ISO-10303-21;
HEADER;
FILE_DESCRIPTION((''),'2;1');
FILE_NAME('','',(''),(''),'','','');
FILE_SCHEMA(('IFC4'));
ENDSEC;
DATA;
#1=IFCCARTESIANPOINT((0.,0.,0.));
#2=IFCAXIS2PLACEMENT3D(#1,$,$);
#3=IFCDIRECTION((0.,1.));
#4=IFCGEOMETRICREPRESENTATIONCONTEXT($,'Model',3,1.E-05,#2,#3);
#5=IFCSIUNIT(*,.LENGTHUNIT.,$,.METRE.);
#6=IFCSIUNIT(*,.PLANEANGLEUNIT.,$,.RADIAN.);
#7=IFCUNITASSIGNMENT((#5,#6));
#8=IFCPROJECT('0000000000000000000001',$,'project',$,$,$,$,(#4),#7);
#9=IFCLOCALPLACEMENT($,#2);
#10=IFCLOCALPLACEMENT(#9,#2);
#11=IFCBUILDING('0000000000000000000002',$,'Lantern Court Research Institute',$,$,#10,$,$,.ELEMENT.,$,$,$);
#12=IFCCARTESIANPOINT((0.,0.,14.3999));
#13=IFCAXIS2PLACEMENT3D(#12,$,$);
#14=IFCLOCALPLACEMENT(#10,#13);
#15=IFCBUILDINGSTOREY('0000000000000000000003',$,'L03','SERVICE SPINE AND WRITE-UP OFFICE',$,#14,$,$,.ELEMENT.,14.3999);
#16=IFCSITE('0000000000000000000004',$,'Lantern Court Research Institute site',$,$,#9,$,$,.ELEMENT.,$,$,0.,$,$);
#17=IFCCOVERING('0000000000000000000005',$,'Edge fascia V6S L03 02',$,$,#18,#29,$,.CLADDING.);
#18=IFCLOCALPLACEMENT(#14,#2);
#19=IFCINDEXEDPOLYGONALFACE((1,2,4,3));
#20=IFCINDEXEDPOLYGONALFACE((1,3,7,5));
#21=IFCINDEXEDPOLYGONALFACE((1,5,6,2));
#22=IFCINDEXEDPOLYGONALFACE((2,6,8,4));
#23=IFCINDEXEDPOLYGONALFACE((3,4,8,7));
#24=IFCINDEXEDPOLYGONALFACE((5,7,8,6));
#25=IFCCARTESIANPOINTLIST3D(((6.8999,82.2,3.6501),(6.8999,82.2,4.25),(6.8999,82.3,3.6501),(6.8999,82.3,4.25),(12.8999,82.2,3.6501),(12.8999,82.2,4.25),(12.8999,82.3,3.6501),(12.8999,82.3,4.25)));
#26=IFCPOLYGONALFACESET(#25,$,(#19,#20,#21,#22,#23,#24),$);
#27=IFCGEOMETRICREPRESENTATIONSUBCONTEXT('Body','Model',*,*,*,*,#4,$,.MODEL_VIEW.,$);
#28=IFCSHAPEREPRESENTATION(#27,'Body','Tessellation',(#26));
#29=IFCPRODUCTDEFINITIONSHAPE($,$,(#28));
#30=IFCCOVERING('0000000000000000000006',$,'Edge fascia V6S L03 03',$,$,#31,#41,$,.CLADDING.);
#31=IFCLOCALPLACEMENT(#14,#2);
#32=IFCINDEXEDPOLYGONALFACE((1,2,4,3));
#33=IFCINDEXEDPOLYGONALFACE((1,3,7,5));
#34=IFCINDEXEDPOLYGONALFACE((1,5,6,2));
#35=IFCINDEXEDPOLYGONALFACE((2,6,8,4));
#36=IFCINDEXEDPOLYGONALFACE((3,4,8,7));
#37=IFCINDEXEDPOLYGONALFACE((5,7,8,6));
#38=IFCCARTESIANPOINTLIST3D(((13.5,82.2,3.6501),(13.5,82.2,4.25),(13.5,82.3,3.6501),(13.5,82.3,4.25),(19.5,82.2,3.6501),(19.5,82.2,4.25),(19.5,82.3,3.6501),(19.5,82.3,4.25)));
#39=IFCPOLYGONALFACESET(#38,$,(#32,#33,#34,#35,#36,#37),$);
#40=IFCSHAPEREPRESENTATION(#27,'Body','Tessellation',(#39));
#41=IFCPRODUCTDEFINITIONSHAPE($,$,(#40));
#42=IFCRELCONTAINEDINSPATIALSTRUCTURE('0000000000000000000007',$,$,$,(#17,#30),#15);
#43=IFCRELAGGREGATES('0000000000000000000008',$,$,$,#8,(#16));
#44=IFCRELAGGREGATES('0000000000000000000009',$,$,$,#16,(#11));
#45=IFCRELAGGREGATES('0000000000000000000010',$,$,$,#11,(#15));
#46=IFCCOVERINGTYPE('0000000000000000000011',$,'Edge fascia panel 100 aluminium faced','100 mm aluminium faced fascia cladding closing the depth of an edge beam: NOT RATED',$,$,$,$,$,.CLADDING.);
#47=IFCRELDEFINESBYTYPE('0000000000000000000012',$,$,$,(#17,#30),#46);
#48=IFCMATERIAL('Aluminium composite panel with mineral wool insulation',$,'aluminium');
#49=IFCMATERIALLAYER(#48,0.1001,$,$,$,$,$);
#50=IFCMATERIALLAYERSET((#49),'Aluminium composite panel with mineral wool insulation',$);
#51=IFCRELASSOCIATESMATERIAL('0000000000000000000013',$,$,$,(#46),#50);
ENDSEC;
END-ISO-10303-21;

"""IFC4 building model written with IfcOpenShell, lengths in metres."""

from ifc_helpers import new_model, si_unit, direction, frame, frame_2d, origin, place, context, subcontext, project, spatial, rectangle, extrude, material, layer, layer_set, type_object, element, save


model = new_model("IFC4")

# Units and contexts
model_context = context("Model", 3, precision=1e-05, world=origin(), true_north=direction((0.0, 1.0)))
body_context = subcontext(model_context, "Body", "Model", "MODEL_VIEW")
ifc_project = project(units=[si_unit("LENGTHUNIT", "METRE"), si_unit("PLANEANGLEUNIT", "RADIAN")], contexts=[model_context])

# Site, building, storey
site_placement = place(None, origin())
site = spatial("IfcSite", under=ifc_project, at=site_placement, Name="Lantern Court Research Institute site", CompositionType="ELEMENT", RefElevation=0.0)
building_placement = place(site_placement, origin())
building = spatial("IfcBuilding", under=site, at=building_placement, Name="Lantern Court Research Institute", CompositionType="ELEMENT")
storey_placement = place(building_placement, frame((0.0, 0.0, 14.3999)))
storey = spatial("IfcBuildingStorey", under=building, at=storey_placement, Name="L03", Description="SERVICE SPINE AND WRITE-UP OFFICE", CompositionType="ELEMENT", Elevation=14.3999)

# Coverings
ifc_material_1 = material(Name="Aluminium composite panel with mineral wool insulation", Category="aluminium")
ifc_layer_1 = layer(ifc_material_1, 0.1001)
ifc_layer_set_1 = layer_set([ifc_layer_1], Name="Aluminium composite panel with mineral wool insulation")
covering_type = type_object("IfcCoveringType", Name="Edge fascia panel 100 aluminium faced", Description="100 mm aluminium faced fascia cladding closing the depth of an edge beam: NOT RATED", PredefinedType="CLADDING", material=ifc_layer_set_1)
for number, where, z_axis, x_axis, name in (
    (1, (12.8999, 82.25, 3.6501), (0.0, 0.0, 1.0), (-1.0, 0.0, 0.0), "Edge fascia V6S L03 02"),
    (2, (19.5, 82.25, 3.6501), (0.0, 0.0, 1.0), (-1.0, 0.0, 0.0), "Edge fascia V6S L03 03"),
):
    element("IfcCovering", number, at=place(storey_placement, frame(where, z_axis=z_axis, x_axis=x_axis)), inside=storey, type_object=covering_type, Name=name, PredefinedType="CLADDING", context=body_context, shape_type="SweptSolid", body=[
        extrude(rectangle(XDim=6.0, YDim=0.1001, at=frame_2d((3.0, 0.0))), origin(), (0.0, 0.0, 1.0), 0.5999),
    ])

save(model, "model.ifc")
